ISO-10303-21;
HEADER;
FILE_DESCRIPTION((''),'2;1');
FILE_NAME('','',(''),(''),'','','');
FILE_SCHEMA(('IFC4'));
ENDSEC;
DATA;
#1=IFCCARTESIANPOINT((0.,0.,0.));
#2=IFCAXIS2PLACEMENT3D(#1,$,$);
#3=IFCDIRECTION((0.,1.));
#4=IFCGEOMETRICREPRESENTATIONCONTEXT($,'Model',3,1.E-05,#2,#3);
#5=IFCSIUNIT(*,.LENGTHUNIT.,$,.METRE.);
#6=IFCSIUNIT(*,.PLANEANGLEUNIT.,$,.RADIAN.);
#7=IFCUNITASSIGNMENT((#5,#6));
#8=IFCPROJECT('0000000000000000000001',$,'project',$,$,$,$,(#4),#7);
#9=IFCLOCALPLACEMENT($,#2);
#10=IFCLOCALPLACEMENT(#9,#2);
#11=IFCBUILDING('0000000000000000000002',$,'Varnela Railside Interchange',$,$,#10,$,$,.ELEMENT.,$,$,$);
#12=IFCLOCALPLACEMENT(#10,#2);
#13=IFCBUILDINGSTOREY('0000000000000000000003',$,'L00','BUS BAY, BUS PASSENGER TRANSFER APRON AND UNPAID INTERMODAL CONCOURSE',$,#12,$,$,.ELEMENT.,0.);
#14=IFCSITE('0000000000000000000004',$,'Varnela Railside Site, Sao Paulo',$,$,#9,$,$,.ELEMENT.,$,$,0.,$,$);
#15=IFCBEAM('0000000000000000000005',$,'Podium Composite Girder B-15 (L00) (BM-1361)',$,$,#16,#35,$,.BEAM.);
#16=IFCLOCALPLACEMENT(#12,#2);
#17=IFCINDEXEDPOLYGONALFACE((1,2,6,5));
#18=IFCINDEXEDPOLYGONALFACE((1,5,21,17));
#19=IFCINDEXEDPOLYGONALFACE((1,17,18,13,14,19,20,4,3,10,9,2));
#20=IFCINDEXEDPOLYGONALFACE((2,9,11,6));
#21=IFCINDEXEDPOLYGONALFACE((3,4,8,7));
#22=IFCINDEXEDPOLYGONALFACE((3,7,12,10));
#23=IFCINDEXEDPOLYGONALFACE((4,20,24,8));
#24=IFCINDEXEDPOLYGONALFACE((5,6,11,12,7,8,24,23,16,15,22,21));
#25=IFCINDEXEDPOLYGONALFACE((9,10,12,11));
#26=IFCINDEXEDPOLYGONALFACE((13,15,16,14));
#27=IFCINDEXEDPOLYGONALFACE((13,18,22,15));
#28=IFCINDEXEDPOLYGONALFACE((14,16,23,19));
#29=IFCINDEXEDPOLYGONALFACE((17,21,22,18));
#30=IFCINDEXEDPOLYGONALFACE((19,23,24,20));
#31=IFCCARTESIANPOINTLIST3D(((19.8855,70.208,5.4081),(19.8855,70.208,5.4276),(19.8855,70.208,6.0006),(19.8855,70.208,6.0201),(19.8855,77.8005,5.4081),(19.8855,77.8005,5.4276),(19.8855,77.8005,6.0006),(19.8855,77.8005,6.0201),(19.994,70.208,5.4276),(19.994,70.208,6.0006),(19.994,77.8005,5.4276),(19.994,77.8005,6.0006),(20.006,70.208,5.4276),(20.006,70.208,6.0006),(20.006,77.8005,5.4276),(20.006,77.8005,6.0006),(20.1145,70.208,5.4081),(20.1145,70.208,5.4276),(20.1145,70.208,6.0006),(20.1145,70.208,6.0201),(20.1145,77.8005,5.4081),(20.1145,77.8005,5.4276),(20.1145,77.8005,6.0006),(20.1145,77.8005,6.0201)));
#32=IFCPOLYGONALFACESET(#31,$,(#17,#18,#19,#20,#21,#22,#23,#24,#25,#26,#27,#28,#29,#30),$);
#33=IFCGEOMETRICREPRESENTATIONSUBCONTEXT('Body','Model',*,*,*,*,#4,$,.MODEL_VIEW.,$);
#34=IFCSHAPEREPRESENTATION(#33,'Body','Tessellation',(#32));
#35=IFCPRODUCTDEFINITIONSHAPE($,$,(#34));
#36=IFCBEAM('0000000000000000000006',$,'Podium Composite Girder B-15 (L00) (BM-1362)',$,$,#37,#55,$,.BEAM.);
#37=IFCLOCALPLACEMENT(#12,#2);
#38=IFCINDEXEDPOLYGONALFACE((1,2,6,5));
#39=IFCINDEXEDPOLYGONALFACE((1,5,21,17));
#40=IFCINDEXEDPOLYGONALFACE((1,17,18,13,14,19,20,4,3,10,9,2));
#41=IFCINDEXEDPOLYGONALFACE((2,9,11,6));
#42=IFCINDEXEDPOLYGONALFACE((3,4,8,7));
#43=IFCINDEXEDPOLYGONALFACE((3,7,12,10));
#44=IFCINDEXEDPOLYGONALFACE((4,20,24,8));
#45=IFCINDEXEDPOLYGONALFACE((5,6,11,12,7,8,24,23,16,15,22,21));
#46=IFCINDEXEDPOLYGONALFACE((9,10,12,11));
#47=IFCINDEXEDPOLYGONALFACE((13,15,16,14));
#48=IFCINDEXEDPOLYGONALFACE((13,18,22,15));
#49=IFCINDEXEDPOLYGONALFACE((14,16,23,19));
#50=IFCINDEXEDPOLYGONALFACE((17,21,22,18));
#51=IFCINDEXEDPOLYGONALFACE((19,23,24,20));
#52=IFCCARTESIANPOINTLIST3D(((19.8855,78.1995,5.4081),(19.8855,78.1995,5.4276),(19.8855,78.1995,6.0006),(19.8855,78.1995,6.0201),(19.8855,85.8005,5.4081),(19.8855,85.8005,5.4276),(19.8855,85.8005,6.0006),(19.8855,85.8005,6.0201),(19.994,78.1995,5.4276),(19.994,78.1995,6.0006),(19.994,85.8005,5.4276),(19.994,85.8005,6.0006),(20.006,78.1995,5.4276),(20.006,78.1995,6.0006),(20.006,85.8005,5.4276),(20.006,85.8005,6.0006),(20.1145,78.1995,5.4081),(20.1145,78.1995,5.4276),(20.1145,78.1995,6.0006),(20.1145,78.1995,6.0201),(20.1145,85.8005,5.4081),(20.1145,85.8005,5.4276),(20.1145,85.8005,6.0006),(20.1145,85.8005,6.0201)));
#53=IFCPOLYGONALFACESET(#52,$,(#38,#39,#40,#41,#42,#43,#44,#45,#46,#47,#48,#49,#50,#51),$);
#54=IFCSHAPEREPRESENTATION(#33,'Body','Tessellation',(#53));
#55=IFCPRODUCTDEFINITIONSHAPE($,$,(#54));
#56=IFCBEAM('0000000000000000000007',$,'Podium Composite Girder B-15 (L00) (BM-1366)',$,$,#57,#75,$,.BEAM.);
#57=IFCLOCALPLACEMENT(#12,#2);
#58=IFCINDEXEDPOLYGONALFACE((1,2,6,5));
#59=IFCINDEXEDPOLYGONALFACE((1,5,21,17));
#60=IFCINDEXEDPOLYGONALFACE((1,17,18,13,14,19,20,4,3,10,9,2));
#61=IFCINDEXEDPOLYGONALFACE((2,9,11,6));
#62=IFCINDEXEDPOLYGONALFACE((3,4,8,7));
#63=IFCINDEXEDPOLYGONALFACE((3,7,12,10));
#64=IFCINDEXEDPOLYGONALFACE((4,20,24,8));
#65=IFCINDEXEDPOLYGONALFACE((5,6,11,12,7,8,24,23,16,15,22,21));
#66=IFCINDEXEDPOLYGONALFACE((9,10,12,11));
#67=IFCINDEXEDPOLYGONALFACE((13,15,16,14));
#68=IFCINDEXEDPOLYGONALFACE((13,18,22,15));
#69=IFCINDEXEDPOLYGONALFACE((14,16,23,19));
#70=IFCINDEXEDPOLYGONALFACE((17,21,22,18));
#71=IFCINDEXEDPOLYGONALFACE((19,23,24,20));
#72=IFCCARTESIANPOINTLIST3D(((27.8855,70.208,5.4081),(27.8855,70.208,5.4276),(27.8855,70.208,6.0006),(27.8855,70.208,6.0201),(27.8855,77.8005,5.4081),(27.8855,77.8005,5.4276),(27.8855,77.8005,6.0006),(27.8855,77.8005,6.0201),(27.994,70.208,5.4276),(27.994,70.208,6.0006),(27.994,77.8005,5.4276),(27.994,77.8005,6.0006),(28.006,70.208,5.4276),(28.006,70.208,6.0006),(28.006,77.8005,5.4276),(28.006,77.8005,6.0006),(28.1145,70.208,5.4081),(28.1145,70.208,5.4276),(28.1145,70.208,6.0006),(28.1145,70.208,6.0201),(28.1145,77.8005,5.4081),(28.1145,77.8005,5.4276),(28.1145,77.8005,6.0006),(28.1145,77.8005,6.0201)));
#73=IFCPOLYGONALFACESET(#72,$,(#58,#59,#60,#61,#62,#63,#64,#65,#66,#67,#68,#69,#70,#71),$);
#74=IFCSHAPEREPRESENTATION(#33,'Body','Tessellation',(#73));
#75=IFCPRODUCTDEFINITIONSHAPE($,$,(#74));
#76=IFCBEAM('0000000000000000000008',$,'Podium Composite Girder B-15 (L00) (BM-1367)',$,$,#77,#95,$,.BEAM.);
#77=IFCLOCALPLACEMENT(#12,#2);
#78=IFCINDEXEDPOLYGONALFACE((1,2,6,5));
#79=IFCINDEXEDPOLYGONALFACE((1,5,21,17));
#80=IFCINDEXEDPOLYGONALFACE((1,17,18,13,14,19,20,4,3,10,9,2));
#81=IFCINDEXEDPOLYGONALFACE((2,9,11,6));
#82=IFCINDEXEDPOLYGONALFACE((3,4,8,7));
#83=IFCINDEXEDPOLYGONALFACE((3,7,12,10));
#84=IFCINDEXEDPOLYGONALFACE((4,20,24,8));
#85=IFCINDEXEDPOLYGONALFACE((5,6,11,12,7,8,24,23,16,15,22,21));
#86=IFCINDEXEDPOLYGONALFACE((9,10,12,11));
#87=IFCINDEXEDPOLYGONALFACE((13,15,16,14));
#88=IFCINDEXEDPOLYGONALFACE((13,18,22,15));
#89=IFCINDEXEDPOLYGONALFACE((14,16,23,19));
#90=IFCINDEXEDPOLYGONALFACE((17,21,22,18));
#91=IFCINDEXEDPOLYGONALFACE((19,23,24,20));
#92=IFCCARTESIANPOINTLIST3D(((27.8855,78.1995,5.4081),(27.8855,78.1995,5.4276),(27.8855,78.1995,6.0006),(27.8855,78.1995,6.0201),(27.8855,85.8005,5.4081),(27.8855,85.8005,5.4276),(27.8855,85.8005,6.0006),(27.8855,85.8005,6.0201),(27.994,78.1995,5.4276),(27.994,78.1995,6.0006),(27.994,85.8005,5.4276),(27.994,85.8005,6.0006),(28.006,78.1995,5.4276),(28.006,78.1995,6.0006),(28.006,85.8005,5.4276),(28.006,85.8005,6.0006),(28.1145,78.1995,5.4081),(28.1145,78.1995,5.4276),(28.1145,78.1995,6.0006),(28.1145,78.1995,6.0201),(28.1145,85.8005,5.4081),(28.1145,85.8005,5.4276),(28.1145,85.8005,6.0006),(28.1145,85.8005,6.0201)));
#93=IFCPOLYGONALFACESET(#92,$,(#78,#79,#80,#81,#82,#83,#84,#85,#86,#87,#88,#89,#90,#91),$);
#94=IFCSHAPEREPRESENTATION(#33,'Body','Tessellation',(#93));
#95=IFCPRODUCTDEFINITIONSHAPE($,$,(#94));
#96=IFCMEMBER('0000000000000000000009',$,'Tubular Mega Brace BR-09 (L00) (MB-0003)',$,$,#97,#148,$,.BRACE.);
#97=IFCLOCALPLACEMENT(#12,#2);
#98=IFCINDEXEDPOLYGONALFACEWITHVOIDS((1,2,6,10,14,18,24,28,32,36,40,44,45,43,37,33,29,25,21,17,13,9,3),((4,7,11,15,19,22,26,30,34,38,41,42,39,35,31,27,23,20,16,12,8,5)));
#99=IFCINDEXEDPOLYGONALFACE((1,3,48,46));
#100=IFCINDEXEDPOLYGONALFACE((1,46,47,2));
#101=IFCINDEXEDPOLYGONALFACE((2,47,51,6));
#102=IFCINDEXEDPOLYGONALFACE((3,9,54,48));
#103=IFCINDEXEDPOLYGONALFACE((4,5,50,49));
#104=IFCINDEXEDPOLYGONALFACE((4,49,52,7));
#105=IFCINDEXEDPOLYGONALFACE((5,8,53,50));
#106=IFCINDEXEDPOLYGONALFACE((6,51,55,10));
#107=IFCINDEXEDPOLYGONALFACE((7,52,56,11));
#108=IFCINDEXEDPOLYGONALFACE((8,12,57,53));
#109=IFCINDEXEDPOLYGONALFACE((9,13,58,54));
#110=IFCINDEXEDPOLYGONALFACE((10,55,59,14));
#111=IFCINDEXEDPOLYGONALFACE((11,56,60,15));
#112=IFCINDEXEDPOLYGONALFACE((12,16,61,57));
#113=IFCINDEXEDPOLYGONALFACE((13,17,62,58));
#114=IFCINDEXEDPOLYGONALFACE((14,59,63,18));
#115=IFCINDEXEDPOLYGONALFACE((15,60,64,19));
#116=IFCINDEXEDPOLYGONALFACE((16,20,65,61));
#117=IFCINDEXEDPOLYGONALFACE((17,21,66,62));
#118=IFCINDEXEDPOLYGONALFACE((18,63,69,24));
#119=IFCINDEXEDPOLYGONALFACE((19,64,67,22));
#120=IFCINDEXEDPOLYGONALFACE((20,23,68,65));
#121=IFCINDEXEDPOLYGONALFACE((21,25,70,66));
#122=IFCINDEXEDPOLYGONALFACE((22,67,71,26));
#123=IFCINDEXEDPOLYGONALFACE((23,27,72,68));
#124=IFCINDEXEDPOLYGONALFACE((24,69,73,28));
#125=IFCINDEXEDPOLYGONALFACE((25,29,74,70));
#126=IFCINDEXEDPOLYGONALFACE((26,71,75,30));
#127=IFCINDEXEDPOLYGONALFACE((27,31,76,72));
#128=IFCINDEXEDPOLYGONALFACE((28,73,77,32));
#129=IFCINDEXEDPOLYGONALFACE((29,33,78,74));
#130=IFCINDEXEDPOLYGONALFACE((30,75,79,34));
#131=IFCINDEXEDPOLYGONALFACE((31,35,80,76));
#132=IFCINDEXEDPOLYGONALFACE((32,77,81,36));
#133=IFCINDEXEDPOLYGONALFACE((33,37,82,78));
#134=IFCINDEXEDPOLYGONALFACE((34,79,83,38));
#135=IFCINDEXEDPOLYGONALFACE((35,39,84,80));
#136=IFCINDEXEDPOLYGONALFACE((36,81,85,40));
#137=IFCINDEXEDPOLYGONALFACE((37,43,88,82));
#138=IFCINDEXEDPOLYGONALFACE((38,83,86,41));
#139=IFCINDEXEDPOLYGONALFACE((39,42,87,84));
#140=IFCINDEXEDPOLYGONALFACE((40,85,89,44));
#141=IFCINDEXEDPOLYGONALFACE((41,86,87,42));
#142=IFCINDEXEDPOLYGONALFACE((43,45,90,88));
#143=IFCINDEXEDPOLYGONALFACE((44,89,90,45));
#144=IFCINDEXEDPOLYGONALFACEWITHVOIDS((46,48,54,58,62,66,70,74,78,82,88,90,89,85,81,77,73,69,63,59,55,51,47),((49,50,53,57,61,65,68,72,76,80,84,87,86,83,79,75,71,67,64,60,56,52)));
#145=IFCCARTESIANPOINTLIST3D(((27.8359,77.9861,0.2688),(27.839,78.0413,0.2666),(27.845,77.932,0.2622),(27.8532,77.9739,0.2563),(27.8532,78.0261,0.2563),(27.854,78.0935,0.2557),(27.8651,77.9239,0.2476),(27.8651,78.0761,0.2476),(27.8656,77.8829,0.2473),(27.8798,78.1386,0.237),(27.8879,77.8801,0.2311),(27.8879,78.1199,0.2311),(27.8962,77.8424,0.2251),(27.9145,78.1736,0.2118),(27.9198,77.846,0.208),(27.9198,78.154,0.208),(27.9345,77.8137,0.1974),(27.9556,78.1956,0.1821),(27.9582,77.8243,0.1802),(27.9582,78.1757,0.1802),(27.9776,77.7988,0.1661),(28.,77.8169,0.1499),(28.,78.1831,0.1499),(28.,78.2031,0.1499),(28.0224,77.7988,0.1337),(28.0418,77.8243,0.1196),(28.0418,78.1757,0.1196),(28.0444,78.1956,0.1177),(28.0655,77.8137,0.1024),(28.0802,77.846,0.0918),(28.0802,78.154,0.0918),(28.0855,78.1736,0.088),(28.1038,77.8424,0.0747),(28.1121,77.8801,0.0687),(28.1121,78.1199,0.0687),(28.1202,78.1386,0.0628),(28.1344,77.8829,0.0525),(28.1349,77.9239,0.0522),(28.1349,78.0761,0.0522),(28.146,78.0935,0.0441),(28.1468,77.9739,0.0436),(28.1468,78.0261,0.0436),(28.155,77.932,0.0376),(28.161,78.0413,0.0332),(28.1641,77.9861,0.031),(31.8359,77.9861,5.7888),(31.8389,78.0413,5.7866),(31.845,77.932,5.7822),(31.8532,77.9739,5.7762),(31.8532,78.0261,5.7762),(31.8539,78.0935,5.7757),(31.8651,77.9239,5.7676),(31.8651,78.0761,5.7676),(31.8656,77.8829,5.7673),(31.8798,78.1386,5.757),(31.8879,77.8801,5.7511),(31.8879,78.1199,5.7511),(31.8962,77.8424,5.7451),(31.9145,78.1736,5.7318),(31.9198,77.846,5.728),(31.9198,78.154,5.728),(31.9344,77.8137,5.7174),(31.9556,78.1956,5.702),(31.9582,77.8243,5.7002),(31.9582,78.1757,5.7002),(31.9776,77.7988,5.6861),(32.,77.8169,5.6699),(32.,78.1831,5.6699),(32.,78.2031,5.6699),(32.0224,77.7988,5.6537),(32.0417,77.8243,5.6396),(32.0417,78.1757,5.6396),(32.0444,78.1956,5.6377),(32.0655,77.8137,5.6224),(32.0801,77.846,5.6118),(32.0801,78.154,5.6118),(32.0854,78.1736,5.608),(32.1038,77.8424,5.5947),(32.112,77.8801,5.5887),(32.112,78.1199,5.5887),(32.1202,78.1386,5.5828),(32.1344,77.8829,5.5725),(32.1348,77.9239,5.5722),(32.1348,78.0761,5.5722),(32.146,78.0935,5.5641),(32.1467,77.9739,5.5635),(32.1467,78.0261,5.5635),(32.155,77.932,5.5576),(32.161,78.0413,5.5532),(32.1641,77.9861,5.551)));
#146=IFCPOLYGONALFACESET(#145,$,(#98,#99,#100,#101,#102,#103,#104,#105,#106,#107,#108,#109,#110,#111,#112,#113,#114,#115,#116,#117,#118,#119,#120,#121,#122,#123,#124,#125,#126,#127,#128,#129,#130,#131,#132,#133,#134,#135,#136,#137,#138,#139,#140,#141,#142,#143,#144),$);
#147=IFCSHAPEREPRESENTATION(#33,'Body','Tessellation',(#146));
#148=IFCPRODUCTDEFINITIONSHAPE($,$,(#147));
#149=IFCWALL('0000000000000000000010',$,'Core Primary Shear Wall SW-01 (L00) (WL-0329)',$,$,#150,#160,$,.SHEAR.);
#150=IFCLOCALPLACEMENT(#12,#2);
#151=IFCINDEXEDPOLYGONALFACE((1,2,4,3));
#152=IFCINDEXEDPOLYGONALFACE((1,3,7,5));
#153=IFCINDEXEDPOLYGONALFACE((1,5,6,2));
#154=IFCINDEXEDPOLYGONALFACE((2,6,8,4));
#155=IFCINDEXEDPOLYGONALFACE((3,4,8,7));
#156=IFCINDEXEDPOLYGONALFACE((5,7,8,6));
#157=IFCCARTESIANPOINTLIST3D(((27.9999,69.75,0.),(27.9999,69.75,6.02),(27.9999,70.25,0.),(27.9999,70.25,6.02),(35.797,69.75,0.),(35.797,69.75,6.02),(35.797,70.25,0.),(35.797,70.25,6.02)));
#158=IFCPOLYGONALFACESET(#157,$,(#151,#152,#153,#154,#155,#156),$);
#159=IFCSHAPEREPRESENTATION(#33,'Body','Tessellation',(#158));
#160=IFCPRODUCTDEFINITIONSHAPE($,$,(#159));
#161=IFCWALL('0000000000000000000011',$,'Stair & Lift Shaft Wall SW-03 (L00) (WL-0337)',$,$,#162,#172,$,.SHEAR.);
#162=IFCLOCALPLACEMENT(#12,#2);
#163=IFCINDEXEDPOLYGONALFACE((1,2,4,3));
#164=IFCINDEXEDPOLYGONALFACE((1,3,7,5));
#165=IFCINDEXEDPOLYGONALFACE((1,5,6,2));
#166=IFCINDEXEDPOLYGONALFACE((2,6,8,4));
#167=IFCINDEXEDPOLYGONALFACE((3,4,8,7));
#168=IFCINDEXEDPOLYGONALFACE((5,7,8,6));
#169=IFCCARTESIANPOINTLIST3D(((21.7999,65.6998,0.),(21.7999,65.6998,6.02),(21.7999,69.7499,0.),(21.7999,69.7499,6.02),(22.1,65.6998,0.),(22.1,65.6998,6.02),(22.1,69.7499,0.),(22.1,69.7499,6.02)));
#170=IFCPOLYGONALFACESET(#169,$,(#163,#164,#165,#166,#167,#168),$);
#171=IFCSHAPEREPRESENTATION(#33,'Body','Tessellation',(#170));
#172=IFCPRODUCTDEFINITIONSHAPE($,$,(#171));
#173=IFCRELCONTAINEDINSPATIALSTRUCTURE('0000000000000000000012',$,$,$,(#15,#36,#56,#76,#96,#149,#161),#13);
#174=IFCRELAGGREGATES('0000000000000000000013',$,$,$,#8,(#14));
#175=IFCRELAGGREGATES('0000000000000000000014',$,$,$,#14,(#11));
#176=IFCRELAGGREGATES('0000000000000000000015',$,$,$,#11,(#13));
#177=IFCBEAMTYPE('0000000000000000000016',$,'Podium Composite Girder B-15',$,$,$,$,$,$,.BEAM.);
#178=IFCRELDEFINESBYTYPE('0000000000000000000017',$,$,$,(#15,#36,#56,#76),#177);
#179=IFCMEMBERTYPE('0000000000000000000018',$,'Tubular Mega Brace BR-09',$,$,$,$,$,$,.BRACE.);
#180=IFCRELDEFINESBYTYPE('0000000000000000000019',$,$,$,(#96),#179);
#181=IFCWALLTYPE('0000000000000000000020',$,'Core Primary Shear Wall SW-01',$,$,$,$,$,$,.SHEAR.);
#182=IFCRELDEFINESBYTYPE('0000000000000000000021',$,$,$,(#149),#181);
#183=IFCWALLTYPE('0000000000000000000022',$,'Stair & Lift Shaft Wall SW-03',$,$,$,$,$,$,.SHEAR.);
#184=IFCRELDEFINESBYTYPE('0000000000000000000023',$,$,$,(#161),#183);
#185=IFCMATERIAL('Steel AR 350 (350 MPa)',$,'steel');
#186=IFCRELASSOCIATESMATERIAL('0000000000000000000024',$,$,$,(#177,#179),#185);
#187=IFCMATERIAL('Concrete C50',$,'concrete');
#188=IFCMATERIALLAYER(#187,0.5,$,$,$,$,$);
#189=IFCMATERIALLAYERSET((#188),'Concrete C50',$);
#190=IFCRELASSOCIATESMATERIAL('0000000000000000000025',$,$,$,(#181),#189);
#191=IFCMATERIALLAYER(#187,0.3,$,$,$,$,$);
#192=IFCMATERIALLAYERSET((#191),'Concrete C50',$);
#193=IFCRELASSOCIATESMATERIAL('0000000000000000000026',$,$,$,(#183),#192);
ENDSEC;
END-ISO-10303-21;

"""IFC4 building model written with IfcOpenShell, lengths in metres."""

from ifc_helpers import new_model, si_unit, direction, frame, frame_2d, origin, origin_2d, place, context, subcontext, project, spatial, rectangle, hollow_circle, i_section, extrude, material, layer, layer_set, material_profile, profile_set, type_object, element, save


model = new_model("IFC4")

# Units and contexts
model_context = context("Model", 3, precision=1e-05, world=origin(), true_north=direction((0.0, 1.0)))
body_context = subcontext(model_context, "Body", "Model", "MODEL_VIEW")
ifc_project = project(units=[si_unit("LENGTHUNIT", "METRE"), si_unit("PLANEANGLEUNIT", "RADIAN")], contexts=[model_context])

# Site, building, storey
site_placement = place(None, origin())
site = spatial("IfcSite", under=ifc_project, at=site_placement, Name="Varnela Railside Site, Sao Paulo", CompositionType="ELEMENT", RefElevation=0.0)
building_placement = place(site_placement, origin())
building = spatial("IfcBuilding", under=site, at=building_placement, Name="Varnela Railside Interchange", CompositionType="ELEMENT")
storey_placement = place(building_placement, origin())
storey = spatial("IfcBuildingStorey", under=building, at=storey_placement, Name="L00", Description="BUS BAY, BUS PASSENGER TRANSFER APRON AND UNPAID INTERMODAL CONCOURSE", CompositionType="ELEMENT", Elevation=0.0)

# Shared definitions
ifc_material_1 = material(Name="Steel AR 350 (350 MPa)", Category="steel")

# Shared definitions
ifc_material_2 = material(Name="Concrete C50", Category="concrete")

# Beams
ifc_material_profile_1 = material_profile(ifc_material_1, i_section(OverallWidth=0.229, OverallDepth=0.6121, WebThickness=0.012, FlangeThickness=0.0195, at=origin_2d()), Name="W610x125")
ifc_profile_set_1 = profile_set([ifc_material_profile_1], Name="Steel AR 350 (350 MPa)")
beam_type_1 = type_object("IfcBeamType", Name="Podium Composite Girder B-15", PredefinedType="BEAM", material=ifc_profile_set_1)
beam_1_placement = place(storey_placement, frame((20.0, 70.208, 5.7141), z_axis=(0.0, 1.0, 0.0), x_axis=(-1.0, 0.0, 0.0)))
element("IfcBeam", 1, at=beam_1_placement, inside=storey, type_object=beam_type_1, Name="Podium Composite Girder B-15 (L00) (BM-1361)", PredefinedType="BEAM", context=body_context, shape_type="SweptSolid", body=[
    extrude(i_section(OverallWidth=0.229, OverallDepth=0.6121, WebThickness=0.012, FlangeThickness=0.0195, at=origin_2d()), origin(), (0.0, 0.0, 1.0), 7.5925),
])
beam_2_placement = place(storey_placement, frame((20.0, 78.1995, 5.7141), z_axis=(0.0, 1.0, 0.0), x_axis=(-1.0, 0.0, 0.0)))
element("IfcBeam", 2, at=beam_2_placement, inside=storey, type_object=beam_type_1, Name="Podium Composite Girder B-15 (L00) (BM-1362)", PredefinedType="BEAM", context=body_context, shape_type="SweptSolid", body=[
    extrude(i_section(OverallWidth=0.229, OverallDepth=0.6121, WebThickness=0.012, FlangeThickness=0.0195, at=origin_2d()), origin(), (0.0, 0.0, 1.0), 7.6011),
])
beam_3_placement = place(storey_placement, frame((28.0, 70.208, 5.7141), z_axis=(0.0, 1.0, 0.0), x_axis=(-1.0, 0.0, 0.0)))
element("IfcBeam", 3, at=beam_3_placement, inside=storey, type_object=beam_type_1, Name="Podium Composite Girder B-15 (L00) (BM-1366)", PredefinedType="BEAM", context=body_context, shape_type="SweptSolid", body=[
    extrude(i_section(OverallWidth=0.229, OverallDepth=0.6121, WebThickness=0.012, FlangeThickness=0.0195, at=origin_2d()), origin(), (0.0, 0.0, 1.0), 7.5925),
])
beam_4_placement = place(storey_placement, frame((28.0, 78.1995, 5.7141), z_axis=(0.0, 1.0, 0.0), x_axis=(-1.0, 0.0, 0.0)))
element("IfcBeam", 4, at=beam_4_placement, inside=storey, type_object=beam_type_1, Name="Podium Composite Girder B-15 (L00) (BM-1367)", PredefinedType="BEAM", context=body_context, shape_type="SweptSolid", body=[
    extrude(i_section(OverallWidth=0.229, OverallDepth=0.6121, WebThickness=0.012, FlangeThickness=0.0195, at=origin_2d()), origin(), (0.0, 0.0, 1.0), 7.6011),
])

# Member
ifc_material_profile_2 = material_profile(ifc_material_1, hollow_circle(Radius=0.2031, WallThickness=0.02, at=origin_2d()), Name="CHS 406.4x20")
ifc_profile_set_2 = profile_set([ifc_material_profile_2], Name="Steel AR 350 (350 MPa)")
member_type_1 = type_object("IfcMemberType", Name="Tubular Mega Brace BR-09", PredefinedType="BRACE", material=ifc_profile_set_2)
member_1_placement = place(storey_placement, frame((28.0, 78.0, 0.1499), z_axis=(0.586774, 0.0, 0.809751), x_axis=(0.0, 1.0, 0.0)))
element("IfcMember", 5, at=member_1_placement, inside=storey, type_object=member_type_1, Name="Tubular Mega Brace BR-09 (L00) (MB-0003)", PredefinedType="BRACE", context=body_context, shape_type="SweptSolid", body=[
    extrude(hollow_circle(Radius=0.2031, WallThickness=0.02, at=origin_2d()), origin(), (0.0, 0.0, 1.0), 6.8169),
])

# Walls
ifc_layer_1 = layer(ifc_material_2, 0.5)
ifc_layer_set_1 = layer_set([ifc_layer_1], Name="Concrete C50")
wall_type_1 = type_object("IfcWallType", Name="Core Primary Shear Wall SW-01", PredefinedType="SHEAR", material=ifc_layer_set_1)
wall_1_placement = place(storey_placement, frame((28.0, 70.0, 0.0), z_axis=(0.0, 0.0, 1.0), x_axis=(1.0, 0.0, 0.0)))
element("IfcWall", 6, at=wall_1_placement, inside=storey, type_object=wall_type_1, Name="Core Primary Shear Wall SW-01 (L00) (WL-0329)", PredefinedType="SHEAR", context=body_context, shape_type="SweptSolid", body=[
    extrude(rectangle(XDim=7.7971, YDim=0.5, at=frame_2d((3.8984, 0.0))), origin(), (0.0, 0.0, 1.0), 6.02),
])
ifc_layer_2 = layer(ifc_material_2, 0.3)
ifc_layer_set_2 = layer_set([ifc_layer_2], Name="Concrete C50")
wall_type_2 = type_object("IfcWallType", Name="Stair & Lift Shaft Wall SW-03", PredefinedType="SHEAR", material=ifc_layer_set_2)
wall_2_placement = place(storey_placement, frame((21.95, 65.7, 0.0), z_axis=(0.0, 0.0, 1.0), x_axis=(0.0, 1.0, 0.0)))
element("IfcWall", 7, at=wall_2_placement, inside=storey, type_object=wall_type_2, Name="Stair & Lift Shaft Wall SW-03 (L00) (WL-0337)", PredefinedType="SHEAR", context=body_context, shape_type="SweptSolid", body=[
    extrude(rectangle(XDim=4.05, YDim=0.3, at=frame_2d((2.0249, 0.0))), origin(), (0.0, 0.0, 1.0), 6.02),
])

save(model, "model.ifc")
